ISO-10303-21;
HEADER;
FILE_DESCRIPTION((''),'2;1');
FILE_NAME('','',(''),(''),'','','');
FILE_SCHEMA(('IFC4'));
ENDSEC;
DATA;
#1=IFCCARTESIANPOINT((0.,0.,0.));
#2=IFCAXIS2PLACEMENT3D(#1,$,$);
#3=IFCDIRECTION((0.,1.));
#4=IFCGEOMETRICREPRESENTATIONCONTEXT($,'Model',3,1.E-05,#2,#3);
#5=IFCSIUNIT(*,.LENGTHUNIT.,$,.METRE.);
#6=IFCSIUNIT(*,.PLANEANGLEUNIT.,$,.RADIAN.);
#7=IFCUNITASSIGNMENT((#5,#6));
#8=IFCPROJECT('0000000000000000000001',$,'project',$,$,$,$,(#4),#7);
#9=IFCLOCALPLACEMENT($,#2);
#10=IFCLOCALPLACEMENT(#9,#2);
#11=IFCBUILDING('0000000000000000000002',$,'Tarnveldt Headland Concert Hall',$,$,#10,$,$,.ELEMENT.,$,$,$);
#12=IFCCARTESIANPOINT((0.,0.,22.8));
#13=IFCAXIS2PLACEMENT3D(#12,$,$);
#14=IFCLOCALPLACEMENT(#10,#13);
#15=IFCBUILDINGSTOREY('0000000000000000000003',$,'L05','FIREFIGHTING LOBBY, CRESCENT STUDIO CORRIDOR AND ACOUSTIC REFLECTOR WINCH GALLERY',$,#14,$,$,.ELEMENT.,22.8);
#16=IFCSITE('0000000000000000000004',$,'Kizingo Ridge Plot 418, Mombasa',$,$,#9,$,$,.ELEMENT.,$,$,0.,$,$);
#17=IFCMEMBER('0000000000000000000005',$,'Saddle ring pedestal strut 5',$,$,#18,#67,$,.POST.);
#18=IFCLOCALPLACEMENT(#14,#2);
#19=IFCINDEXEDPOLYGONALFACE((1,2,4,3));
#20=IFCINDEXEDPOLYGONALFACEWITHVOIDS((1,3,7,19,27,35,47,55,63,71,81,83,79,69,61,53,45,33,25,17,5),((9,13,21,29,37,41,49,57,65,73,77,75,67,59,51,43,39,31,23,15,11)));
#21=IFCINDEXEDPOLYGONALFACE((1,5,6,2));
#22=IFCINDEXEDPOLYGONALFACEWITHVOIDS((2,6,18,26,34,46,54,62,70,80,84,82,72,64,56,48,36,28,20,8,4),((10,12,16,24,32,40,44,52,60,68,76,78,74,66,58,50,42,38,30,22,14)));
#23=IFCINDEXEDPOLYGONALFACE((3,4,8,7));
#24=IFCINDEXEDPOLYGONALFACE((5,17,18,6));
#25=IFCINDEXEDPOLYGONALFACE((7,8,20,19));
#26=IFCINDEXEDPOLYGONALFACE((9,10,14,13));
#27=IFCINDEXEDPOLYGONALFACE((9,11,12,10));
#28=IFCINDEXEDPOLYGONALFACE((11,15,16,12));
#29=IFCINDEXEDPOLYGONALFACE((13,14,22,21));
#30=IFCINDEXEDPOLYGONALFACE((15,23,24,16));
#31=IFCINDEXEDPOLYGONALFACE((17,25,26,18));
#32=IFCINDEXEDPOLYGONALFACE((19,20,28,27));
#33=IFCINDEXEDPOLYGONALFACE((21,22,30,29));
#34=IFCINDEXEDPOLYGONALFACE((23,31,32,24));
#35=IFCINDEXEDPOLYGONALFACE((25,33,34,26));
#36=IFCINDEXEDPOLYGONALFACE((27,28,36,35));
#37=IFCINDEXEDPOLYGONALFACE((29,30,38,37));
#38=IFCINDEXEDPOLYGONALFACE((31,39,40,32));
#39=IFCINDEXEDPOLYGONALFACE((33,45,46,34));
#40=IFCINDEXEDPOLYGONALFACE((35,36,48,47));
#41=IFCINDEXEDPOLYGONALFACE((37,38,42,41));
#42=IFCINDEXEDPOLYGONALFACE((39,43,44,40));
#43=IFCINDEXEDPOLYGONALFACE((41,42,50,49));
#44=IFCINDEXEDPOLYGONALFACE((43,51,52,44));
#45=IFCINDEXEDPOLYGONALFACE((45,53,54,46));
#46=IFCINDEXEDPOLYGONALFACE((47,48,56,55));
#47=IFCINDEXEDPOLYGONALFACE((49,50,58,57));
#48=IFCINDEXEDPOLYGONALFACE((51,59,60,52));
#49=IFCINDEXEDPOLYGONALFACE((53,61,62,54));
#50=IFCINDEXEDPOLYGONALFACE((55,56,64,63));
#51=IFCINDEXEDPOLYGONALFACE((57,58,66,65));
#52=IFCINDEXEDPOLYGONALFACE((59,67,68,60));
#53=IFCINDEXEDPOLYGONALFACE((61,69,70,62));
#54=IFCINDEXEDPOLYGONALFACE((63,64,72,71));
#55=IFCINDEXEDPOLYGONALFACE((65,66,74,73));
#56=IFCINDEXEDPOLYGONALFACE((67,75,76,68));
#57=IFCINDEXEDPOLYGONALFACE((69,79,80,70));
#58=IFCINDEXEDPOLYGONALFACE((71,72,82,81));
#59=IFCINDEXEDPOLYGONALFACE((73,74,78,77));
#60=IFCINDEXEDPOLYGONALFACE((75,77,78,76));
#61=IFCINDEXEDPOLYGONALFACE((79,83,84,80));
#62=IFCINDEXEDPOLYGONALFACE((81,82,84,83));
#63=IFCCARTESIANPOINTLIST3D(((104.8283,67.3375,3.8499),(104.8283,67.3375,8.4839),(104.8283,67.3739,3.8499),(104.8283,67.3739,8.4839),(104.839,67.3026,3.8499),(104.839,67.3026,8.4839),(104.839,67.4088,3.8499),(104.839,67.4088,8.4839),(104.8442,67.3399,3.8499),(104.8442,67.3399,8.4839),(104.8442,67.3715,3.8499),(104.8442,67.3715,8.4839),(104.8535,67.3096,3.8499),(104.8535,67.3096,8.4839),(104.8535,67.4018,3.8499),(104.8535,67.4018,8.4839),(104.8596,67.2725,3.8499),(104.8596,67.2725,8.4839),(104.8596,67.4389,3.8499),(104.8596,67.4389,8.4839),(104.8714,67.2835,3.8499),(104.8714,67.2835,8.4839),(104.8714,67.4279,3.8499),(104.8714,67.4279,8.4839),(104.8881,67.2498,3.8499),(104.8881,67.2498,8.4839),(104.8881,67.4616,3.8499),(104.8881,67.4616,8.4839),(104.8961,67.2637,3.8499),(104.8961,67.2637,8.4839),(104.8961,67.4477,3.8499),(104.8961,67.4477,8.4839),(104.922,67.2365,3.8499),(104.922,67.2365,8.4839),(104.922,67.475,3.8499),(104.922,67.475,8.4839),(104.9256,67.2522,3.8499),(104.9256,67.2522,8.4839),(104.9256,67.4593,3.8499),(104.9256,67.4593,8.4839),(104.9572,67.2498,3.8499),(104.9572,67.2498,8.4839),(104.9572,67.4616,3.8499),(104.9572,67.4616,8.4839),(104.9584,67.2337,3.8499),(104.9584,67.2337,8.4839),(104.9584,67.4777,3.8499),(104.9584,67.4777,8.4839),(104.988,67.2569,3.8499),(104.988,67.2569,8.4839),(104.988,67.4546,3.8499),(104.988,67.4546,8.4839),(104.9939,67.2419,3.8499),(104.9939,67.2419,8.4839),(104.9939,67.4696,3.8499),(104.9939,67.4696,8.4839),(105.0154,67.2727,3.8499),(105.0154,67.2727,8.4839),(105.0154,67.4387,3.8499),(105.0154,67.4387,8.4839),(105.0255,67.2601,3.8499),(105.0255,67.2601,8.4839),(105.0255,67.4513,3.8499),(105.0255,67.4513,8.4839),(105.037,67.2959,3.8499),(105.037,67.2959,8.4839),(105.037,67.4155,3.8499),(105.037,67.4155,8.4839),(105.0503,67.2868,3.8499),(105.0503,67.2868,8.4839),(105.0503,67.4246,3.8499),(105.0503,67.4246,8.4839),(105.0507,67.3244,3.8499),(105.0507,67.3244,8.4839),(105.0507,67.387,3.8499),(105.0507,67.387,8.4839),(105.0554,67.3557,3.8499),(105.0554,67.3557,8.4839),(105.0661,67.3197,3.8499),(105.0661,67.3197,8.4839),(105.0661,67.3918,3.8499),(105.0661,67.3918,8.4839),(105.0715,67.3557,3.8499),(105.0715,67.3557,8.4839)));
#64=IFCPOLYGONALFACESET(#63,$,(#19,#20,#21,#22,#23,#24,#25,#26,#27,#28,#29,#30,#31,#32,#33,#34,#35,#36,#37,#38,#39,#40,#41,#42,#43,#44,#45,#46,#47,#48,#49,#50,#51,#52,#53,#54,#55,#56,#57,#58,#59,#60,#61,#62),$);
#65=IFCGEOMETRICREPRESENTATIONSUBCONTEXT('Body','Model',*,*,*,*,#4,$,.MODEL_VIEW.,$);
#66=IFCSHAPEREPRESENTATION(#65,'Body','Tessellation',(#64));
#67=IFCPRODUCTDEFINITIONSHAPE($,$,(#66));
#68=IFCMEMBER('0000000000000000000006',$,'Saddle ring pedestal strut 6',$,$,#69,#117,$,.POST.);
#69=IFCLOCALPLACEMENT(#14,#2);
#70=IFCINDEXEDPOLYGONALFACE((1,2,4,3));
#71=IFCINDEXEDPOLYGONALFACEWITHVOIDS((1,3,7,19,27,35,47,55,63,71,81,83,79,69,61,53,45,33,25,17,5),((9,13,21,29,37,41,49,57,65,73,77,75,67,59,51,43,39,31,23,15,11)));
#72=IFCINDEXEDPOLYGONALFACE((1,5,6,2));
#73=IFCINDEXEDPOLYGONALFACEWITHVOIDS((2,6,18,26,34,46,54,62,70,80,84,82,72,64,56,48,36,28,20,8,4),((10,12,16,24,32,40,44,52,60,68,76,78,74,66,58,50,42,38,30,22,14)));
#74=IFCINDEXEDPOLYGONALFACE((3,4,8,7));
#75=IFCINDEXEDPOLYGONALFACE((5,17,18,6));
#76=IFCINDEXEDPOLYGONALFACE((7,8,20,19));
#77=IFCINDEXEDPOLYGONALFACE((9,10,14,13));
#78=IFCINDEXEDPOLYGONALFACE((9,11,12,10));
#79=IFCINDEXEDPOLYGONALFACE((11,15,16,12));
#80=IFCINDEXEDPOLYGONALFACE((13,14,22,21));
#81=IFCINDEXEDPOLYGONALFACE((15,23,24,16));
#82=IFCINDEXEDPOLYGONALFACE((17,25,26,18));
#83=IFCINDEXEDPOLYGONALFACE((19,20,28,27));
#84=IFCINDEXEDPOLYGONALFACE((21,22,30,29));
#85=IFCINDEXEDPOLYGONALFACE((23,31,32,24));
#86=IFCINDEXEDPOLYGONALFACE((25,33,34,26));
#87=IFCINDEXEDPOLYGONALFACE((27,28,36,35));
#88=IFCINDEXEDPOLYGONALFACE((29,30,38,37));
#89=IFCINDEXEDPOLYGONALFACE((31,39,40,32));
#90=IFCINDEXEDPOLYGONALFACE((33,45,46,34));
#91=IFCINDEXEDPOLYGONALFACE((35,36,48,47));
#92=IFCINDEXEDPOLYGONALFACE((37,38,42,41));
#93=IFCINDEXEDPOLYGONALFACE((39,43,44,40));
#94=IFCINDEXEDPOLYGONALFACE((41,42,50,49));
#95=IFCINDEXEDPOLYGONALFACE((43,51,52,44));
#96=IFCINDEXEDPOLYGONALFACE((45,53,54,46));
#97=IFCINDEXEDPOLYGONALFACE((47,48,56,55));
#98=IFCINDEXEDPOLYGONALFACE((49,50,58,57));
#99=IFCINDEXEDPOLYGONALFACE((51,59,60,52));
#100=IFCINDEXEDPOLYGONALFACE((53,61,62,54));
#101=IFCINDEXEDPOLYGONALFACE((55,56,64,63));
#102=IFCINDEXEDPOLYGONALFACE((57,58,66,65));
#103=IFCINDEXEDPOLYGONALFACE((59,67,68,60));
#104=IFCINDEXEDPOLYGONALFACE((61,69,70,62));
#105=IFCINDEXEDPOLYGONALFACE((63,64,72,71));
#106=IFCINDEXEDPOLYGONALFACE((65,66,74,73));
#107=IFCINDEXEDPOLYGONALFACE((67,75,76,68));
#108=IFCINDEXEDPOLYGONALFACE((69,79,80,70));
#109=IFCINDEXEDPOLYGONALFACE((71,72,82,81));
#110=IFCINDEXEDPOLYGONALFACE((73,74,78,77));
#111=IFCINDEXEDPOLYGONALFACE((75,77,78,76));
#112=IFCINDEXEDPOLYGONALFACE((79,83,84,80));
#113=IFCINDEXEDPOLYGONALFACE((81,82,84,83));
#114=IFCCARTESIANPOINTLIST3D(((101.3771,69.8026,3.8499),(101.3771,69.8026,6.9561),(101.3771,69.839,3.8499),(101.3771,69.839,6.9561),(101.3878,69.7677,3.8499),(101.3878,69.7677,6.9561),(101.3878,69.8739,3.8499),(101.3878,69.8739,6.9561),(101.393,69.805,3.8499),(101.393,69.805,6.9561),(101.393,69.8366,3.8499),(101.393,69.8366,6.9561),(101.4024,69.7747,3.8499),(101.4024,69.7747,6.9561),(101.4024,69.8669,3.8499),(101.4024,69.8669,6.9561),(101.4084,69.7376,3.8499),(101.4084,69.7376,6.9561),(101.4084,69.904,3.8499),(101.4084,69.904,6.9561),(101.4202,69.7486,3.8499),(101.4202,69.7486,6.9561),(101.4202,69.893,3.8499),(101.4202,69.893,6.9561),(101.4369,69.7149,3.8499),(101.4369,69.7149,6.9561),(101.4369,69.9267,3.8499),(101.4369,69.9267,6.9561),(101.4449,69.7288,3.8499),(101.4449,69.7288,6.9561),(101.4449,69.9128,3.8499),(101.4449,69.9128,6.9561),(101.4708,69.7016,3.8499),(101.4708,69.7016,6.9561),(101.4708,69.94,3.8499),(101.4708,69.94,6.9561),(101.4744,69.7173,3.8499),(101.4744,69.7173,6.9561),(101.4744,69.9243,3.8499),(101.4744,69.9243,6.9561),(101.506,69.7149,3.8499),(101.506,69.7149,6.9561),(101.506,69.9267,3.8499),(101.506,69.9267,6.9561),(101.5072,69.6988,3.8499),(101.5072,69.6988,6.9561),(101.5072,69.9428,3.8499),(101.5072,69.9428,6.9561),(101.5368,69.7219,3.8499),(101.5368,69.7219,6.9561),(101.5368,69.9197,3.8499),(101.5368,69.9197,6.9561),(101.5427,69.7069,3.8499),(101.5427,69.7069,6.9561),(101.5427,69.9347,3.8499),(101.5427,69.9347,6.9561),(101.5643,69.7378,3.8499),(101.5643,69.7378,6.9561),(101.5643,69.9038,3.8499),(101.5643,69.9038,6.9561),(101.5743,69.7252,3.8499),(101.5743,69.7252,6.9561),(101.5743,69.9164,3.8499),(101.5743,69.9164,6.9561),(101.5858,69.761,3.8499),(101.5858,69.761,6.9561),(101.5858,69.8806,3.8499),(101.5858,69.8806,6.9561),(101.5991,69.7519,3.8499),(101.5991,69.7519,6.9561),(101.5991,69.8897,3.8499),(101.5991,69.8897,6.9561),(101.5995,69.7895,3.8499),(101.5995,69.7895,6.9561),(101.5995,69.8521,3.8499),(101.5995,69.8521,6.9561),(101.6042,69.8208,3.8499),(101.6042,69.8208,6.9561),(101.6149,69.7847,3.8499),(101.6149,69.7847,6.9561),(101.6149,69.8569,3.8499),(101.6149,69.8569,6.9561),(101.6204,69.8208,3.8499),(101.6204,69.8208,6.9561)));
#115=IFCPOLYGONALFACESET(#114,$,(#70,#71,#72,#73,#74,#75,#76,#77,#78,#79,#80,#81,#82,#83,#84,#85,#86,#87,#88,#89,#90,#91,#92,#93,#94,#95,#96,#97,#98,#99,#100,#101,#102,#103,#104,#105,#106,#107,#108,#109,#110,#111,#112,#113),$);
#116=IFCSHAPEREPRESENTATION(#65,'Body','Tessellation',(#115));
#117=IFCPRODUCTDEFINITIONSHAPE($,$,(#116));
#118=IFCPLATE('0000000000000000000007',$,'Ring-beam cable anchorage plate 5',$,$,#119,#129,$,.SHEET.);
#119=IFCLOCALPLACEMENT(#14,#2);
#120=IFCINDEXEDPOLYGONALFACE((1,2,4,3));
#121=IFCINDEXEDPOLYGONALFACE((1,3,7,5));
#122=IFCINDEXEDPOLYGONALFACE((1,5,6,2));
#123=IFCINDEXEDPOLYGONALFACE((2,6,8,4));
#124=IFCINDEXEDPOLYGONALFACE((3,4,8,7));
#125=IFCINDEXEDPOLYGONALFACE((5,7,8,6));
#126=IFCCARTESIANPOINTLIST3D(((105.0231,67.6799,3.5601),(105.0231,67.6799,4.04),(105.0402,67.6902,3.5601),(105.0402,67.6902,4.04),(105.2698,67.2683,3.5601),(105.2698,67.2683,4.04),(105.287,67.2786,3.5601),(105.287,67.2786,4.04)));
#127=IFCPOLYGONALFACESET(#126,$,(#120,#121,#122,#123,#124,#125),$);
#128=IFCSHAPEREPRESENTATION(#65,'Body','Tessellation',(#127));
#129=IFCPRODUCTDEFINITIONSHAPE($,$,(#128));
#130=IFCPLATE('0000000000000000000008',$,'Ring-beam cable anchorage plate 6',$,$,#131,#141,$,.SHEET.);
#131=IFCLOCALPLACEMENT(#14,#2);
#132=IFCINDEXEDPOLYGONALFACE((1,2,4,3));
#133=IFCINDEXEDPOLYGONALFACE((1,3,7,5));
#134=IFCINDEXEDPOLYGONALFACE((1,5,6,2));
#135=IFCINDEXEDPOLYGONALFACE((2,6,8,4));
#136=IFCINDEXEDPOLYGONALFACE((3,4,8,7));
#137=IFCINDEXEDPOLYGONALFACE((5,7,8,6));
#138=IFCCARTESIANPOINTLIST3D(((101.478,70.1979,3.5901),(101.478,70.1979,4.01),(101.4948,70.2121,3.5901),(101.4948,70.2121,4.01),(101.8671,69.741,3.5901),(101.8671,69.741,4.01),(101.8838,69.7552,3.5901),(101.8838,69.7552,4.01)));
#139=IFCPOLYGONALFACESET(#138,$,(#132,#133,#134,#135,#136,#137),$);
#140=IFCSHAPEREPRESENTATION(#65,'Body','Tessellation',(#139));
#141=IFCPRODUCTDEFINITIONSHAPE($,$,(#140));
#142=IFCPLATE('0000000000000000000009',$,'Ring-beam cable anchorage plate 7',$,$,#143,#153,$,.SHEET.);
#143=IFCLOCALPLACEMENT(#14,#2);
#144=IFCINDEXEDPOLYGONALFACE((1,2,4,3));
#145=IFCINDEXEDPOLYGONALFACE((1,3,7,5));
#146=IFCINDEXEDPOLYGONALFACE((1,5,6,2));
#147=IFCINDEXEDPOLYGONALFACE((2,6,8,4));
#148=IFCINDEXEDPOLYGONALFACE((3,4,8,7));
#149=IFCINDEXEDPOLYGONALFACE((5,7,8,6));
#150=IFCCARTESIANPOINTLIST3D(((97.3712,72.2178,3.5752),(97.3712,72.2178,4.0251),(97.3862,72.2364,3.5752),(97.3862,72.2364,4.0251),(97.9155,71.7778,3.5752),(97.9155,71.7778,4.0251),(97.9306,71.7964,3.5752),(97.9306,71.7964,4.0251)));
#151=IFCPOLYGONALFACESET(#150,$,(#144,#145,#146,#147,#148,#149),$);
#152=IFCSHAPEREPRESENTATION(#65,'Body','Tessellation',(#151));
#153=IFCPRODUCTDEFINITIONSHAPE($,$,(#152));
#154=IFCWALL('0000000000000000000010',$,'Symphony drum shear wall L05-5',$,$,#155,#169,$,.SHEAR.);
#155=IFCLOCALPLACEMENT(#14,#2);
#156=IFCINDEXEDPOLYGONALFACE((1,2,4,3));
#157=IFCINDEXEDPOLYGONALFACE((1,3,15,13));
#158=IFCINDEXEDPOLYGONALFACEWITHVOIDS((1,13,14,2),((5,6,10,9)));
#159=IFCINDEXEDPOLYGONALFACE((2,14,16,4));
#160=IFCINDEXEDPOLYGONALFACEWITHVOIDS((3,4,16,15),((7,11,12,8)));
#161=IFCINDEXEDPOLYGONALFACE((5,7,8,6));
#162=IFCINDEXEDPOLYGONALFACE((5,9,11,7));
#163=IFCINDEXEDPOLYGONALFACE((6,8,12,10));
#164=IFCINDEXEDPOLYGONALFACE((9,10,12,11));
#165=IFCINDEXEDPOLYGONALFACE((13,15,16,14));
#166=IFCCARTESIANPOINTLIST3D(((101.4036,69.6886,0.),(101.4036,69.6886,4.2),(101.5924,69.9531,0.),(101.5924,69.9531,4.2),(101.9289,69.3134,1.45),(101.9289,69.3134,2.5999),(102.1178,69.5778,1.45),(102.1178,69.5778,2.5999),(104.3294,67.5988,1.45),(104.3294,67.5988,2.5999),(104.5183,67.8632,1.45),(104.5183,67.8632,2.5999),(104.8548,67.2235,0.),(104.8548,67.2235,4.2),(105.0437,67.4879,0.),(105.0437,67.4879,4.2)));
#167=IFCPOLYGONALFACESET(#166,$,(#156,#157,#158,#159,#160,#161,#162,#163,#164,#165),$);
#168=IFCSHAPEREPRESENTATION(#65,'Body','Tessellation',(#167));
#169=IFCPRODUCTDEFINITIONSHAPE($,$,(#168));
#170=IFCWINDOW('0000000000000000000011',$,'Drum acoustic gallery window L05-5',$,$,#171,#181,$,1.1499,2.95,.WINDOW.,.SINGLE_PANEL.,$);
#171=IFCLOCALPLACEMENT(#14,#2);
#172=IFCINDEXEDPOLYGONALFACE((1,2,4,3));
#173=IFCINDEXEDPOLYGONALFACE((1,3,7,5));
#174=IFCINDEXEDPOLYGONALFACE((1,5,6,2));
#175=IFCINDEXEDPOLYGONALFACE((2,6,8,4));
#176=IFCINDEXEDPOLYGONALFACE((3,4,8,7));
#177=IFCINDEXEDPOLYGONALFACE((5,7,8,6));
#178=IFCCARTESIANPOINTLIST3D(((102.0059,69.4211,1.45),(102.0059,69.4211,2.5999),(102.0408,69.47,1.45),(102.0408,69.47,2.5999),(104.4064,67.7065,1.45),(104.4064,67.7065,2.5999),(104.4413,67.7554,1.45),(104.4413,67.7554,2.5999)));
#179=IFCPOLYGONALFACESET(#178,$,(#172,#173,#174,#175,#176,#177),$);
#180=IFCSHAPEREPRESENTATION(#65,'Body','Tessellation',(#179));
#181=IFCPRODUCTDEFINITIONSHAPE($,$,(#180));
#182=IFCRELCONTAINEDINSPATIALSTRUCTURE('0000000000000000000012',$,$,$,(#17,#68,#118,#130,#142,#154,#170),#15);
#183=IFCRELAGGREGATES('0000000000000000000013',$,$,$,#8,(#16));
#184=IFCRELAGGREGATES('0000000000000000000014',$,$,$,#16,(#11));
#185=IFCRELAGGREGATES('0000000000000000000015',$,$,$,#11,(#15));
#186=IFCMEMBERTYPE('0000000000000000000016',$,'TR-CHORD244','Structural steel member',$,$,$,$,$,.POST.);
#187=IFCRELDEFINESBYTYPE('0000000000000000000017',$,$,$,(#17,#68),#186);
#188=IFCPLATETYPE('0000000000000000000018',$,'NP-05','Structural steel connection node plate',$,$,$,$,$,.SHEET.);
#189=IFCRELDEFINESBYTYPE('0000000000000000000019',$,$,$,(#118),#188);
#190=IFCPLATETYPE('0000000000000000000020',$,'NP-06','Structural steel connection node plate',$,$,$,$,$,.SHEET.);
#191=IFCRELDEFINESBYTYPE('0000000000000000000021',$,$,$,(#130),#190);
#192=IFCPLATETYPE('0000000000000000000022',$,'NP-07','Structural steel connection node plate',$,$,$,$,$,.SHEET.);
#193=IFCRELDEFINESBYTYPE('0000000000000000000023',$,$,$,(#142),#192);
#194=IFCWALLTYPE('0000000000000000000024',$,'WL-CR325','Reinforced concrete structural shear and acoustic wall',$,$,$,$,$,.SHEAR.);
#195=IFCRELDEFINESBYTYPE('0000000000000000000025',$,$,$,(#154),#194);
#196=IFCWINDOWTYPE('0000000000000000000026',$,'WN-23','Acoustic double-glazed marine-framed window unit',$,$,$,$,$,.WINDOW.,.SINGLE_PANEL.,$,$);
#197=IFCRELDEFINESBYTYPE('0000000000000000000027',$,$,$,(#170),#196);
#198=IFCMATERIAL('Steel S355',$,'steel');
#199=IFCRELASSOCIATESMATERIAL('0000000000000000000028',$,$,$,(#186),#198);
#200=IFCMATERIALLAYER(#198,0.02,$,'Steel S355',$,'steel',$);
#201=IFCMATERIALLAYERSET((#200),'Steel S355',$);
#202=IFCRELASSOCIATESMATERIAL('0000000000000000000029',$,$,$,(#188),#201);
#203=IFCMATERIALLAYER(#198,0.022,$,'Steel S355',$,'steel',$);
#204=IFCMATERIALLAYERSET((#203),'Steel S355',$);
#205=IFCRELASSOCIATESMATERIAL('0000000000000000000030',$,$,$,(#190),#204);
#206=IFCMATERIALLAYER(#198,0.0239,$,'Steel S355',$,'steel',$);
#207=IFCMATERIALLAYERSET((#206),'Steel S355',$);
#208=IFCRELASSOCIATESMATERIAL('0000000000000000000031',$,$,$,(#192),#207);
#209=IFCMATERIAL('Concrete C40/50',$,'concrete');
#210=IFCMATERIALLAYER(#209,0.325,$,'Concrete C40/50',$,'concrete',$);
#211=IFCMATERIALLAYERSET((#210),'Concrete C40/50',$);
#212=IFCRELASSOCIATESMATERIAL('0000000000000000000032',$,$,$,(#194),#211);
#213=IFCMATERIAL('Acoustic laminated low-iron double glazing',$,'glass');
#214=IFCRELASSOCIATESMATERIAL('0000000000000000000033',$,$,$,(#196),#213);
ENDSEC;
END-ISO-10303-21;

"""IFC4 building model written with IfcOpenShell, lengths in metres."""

from ifc_helpers import new_model, si_unit, direction, frame, frame_2d, origin, origin_2d, place, context, subcontext, project, spatial, rectangle, hollow_circle, extrude, material, layer, layer_set, material_profile, profile_set, type_object, element, fill, save


model = new_model("IFC4")

# Units and contexts
model_context = context("Model", 3, precision=1e-05, world=origin(), true_north=direction((0.0, 1.0)))
body_context = subcontext(model_context, "Body", "Model", "MODEL_VIEW")
ifc_project = project(units=[si_unit("LENGTHUNIT", "METRE"), si_unit("PLANEANGLEUNIT", "RADIAN")], contexts=[model_context])

# Site, building, storey
site_placement = place(None, origin())
site = spatial("IfcSite", under=ifc_project, at=site_placement, Name="Kizingo Ridge Plot 418, Mombasa", CompositionType="ELEMENT", RefElevation=0.0)
building_placement = place(site_placement, origin())
building = spatial("IfcBuilding", under=site, at=building_placement, Name="Tarnveldt Headland Concert Hall", CompositionType="ELEMENT")
storey_placement = place(building_placement, frame((0.0, 0.0, 22.8)))
storey = spatial("IfcBuildingStorey", under=building, at=storey_placement, Name="L05", Description="FIREFIGHTING LOBBY, CRESCENT STUDIO CORRIDOR AND ACOUSTIC REFLECTOR WINCH GALLERY", CompositionType="ELEMENT", Elevation=22.8)

# Shared definitions
ifc_material_1 = material(Name="Concrete C40/50", Category="concrete")

# Shared definitions
ifc_material_2 = material(Name="Steel S355", Category="steel")

# Members
ifc_material_profile_1 = material_profile(ifc_material_2, hollow_circle(Radius=0.1223, WallThickness=0.0161, at=origin_2d()), Name="CHS 244.5x16", Category="steel")
ifc_profile_set_1 = profile_set([ifc_material_profile_1], Name="Steel S355")
member_type_1 = type_object("IfcMemberType", Name="TR-CHORD244", Description="Structural steel member", PredefinedType="POST", material=ifc_profile_set_1)
member_1_placement = place(storey_placement, frame((104.9492, 67.3557, 3.8499), z_axis=(0.0, 0.0, 1.0), x_axis=(1.0, 0.0, 0.0)))
element("IfcMember", 1, at=member_1_placement, inside=storey, type_object=member_type_1, Name="Saddle ring pedestal strut 5", PredefinedType="POST", context=body_context, shape_type="SweptSolid", body=[
    extrude(hollow_circle(Radius=0.1223, WallThickness=0.0161, at=origin_2d()), origin(), (0.0, 0.0, 1.0), 4.634),
])
member_2_placement = place(storey_placement, frame((101.498, 69.8208, 3.8499), z_axis=(0.0, 0.0, 1.0), x_axis=(1.0, 0.0, 0.0)))
element("IfcMember", 2, at=member_2_placement, inside=storey, type_object=member_type_1, Name="Saddle ring pedestal strut 6", PredefinedType="POST", context=body_context, shape_type="SweptSolid", body=[
    extrude(hollow_circle(Radius=0.1223, WallThickness=0.0161, at=origin_2d()), origin(), (0.0, 0.0, 1.0), 3.1062),
])

# Plates
ifc_layer_1 = layer(ifc_material_2, 0.02, Name="Steel S355", Category="steel")
ifc_layer_set_1 = layer_set([ifc_layer_1], Name="Steel S355")
plate_type_1 = type_object("IfcPlateType", Name="NP-05", Description="Structural steel connection node plate", PredefinedType="SHEET", material=ifc_layer_set_1)
plate_1_placement = place(storey_placement, frame((105.155, 67.4792, 3.5601), z_axis=(0.0, 0.0, 1.0), x_axis=(-0.51414, 0.857706, 0.0)))
element("IfcPlate", 3, at=plate_1_placement, inside=storey, type_object=plate_type_1, Name="Ring-beam cable anchorage plate 5", PredefinedType="SHEET", context=body_context, shape_type="SweptSolid", body=[
    extrude(rectangle(XDim=0.48, YDim=0.02, at=origin_2d()), origin(), (0.0, 0.0, 1.0), 0.48),
])
ifc_layer_2 = layer(ifc_material_2, 0.022, Name="Steel S355", Category="steel")
ifc_layer_set_2 = layer_set([ifc_layer_2], Name="Steel S355")
plate_type_2 = type_object("IfcPlateType", Name="NP-06", Description="Structural steel connection node plate", PredefinedType="SHEET", material=ifc_layer_set_2)
plate_2_placement = place(storey_placement, frame((101.6809, 69.9766, 3.5901), z_axis=(0.0, 0.0, 1.0), x_axis=(-0.648253, 0.761425, 0.0)))
element("IfcPlate", 4, at=plate_2_placement, inside=storey, type_object=plate_type_2, Name="Ring-beam cable anchorage plate 6", PredefinedType="SHEET", context=body_context, shape_type="SweptSolid", body=[
    extrude(rectangle(XDim=0.6001, YDim=0.022, at=origin_2d()), origin(), (0.0, 0.0, 1.0), 0.4199),
])
ifc_layer_3 = layer(ifc_material_2, 0.0239, Name="Steel S355", Category="steel")
ifc_layer_set_3 = layer_set([ifc_layer_3], Name="Steel S355")
plate_type_3 = type_object("IfcPlateType", Name="NP-07", Description="Structural steel connection node plate", PredefinedType="SHEET", material=ifc_layer_set_3)
plate_3_placement = place(storey_placement, frame((97.6509, 72.0071, 3.5752), z_axis=(0.0, 0.0, 1.0), x_axis=(-0.777695, 0.628642, 0.0)))
element("IfcPlate", 5, at=plate_3_placement, inside=storey, type_object=plate_type_3, Name="Ring-beam cable anchorage plate 7", PredefinedType="SHEET", context=body_context, shape_type="SweptSolid", body=[
    extrude(rectangle(XDim=0.7, YDim=0.0239, at=origin_2d()), origin(), (0.0, 0.0, 1.0), 0.45),
])

# Wall, opening, window
ifc_layer_4 = layer(ifc_material_1, 0.325, Name="Concrete C40/50", Category="concrete")
ifc_layer_set_4 = layer_set([ifc_layer_4], Name="Concrete C40/50")
wall_type_1 = type_object("IfcWallType", Name="WL-CR325", Description="Reinforced concrete structural shear and acoustic wall", PredefinedType="SHEAR", material=ifc_layer_set_4)
wall_1_placement = place(storey_placement, frame((104.9492, 67.3557, 0.0), z_axis=(0.0, 0.0, 1.0), x_axis=(-0.813737, 0.581233, 0.0)))
wall_1 = element("IfcWall", 6, at=wall_1_placement, inside=storey, type_object=wall_type_1, Name="Symphony drum shear wall L05-5", PredefinedType="SHEAR", context=body_context, shape_type="SweptSolid", body=[
    extrude(rectangle(XDim=4.2412, YDim=0.325, at=frame_2d((2.1206, 0.0))), origin(), (0.0, 0.0, 1.0), 4.2),
])
opening_placement = place(wall_1_placement, frame((0.6455, 0.0, 1.45)))
opening = element("IfcOpeningElement", 7, at=opening_placement, cuts=wall_1, PredefinedType="OPENING", context=body_context, shape_type="SweptSolid", body=[
    extrude(rectangle(XDim=2.95, YDim=1.1499, at=frame_2d((1.4751, 0.575))), frame((0.0, 0.1724, 0.0), z_axis=(0.0, -1.0, 0.0), x_axis=(1.0, 0.0, 0.0)), (0.0, 0.0, 1.0), 0.345),
])
ifc_material_3 = material(Name="Acoustic laminated low-iron double glazing", Category="glass")
window_type = type_object("IfcWindowType", Name="WN-23", Description="Acoustic double-glazed marine-framed window unit", PartitioningType="SINGLE_PANEL", PredefinedType="WINDOW", material=ifc_material_3)
window_placement = place(opening_placement, origin())
window = element("IfcWindow", 8, at=window_placement, inside=storey, type_object=window_type, Name="Drum acoustic gallery window L05-5", OverallHeight=1.1499, OverallWidth=2.95, PartitioningType="SINGLE_PANEL", PredefinedType="WINDOW", context=body_context, shape_type="SweptSolid", body=[
    extrude(rectangle(XDim=2.95, YDim=1.1499, at=frame_2d((1.4751, 0.575))), frame((0.0, 0.03, 0.0), z_axis=(0.0, -1.0, 0.0), x_axis=(1.0, 0.0, 0.0)), (0.0, 0.0, 1.0), 0.0601),
])
fill(opening, window)

save(model, "model.ifc")
